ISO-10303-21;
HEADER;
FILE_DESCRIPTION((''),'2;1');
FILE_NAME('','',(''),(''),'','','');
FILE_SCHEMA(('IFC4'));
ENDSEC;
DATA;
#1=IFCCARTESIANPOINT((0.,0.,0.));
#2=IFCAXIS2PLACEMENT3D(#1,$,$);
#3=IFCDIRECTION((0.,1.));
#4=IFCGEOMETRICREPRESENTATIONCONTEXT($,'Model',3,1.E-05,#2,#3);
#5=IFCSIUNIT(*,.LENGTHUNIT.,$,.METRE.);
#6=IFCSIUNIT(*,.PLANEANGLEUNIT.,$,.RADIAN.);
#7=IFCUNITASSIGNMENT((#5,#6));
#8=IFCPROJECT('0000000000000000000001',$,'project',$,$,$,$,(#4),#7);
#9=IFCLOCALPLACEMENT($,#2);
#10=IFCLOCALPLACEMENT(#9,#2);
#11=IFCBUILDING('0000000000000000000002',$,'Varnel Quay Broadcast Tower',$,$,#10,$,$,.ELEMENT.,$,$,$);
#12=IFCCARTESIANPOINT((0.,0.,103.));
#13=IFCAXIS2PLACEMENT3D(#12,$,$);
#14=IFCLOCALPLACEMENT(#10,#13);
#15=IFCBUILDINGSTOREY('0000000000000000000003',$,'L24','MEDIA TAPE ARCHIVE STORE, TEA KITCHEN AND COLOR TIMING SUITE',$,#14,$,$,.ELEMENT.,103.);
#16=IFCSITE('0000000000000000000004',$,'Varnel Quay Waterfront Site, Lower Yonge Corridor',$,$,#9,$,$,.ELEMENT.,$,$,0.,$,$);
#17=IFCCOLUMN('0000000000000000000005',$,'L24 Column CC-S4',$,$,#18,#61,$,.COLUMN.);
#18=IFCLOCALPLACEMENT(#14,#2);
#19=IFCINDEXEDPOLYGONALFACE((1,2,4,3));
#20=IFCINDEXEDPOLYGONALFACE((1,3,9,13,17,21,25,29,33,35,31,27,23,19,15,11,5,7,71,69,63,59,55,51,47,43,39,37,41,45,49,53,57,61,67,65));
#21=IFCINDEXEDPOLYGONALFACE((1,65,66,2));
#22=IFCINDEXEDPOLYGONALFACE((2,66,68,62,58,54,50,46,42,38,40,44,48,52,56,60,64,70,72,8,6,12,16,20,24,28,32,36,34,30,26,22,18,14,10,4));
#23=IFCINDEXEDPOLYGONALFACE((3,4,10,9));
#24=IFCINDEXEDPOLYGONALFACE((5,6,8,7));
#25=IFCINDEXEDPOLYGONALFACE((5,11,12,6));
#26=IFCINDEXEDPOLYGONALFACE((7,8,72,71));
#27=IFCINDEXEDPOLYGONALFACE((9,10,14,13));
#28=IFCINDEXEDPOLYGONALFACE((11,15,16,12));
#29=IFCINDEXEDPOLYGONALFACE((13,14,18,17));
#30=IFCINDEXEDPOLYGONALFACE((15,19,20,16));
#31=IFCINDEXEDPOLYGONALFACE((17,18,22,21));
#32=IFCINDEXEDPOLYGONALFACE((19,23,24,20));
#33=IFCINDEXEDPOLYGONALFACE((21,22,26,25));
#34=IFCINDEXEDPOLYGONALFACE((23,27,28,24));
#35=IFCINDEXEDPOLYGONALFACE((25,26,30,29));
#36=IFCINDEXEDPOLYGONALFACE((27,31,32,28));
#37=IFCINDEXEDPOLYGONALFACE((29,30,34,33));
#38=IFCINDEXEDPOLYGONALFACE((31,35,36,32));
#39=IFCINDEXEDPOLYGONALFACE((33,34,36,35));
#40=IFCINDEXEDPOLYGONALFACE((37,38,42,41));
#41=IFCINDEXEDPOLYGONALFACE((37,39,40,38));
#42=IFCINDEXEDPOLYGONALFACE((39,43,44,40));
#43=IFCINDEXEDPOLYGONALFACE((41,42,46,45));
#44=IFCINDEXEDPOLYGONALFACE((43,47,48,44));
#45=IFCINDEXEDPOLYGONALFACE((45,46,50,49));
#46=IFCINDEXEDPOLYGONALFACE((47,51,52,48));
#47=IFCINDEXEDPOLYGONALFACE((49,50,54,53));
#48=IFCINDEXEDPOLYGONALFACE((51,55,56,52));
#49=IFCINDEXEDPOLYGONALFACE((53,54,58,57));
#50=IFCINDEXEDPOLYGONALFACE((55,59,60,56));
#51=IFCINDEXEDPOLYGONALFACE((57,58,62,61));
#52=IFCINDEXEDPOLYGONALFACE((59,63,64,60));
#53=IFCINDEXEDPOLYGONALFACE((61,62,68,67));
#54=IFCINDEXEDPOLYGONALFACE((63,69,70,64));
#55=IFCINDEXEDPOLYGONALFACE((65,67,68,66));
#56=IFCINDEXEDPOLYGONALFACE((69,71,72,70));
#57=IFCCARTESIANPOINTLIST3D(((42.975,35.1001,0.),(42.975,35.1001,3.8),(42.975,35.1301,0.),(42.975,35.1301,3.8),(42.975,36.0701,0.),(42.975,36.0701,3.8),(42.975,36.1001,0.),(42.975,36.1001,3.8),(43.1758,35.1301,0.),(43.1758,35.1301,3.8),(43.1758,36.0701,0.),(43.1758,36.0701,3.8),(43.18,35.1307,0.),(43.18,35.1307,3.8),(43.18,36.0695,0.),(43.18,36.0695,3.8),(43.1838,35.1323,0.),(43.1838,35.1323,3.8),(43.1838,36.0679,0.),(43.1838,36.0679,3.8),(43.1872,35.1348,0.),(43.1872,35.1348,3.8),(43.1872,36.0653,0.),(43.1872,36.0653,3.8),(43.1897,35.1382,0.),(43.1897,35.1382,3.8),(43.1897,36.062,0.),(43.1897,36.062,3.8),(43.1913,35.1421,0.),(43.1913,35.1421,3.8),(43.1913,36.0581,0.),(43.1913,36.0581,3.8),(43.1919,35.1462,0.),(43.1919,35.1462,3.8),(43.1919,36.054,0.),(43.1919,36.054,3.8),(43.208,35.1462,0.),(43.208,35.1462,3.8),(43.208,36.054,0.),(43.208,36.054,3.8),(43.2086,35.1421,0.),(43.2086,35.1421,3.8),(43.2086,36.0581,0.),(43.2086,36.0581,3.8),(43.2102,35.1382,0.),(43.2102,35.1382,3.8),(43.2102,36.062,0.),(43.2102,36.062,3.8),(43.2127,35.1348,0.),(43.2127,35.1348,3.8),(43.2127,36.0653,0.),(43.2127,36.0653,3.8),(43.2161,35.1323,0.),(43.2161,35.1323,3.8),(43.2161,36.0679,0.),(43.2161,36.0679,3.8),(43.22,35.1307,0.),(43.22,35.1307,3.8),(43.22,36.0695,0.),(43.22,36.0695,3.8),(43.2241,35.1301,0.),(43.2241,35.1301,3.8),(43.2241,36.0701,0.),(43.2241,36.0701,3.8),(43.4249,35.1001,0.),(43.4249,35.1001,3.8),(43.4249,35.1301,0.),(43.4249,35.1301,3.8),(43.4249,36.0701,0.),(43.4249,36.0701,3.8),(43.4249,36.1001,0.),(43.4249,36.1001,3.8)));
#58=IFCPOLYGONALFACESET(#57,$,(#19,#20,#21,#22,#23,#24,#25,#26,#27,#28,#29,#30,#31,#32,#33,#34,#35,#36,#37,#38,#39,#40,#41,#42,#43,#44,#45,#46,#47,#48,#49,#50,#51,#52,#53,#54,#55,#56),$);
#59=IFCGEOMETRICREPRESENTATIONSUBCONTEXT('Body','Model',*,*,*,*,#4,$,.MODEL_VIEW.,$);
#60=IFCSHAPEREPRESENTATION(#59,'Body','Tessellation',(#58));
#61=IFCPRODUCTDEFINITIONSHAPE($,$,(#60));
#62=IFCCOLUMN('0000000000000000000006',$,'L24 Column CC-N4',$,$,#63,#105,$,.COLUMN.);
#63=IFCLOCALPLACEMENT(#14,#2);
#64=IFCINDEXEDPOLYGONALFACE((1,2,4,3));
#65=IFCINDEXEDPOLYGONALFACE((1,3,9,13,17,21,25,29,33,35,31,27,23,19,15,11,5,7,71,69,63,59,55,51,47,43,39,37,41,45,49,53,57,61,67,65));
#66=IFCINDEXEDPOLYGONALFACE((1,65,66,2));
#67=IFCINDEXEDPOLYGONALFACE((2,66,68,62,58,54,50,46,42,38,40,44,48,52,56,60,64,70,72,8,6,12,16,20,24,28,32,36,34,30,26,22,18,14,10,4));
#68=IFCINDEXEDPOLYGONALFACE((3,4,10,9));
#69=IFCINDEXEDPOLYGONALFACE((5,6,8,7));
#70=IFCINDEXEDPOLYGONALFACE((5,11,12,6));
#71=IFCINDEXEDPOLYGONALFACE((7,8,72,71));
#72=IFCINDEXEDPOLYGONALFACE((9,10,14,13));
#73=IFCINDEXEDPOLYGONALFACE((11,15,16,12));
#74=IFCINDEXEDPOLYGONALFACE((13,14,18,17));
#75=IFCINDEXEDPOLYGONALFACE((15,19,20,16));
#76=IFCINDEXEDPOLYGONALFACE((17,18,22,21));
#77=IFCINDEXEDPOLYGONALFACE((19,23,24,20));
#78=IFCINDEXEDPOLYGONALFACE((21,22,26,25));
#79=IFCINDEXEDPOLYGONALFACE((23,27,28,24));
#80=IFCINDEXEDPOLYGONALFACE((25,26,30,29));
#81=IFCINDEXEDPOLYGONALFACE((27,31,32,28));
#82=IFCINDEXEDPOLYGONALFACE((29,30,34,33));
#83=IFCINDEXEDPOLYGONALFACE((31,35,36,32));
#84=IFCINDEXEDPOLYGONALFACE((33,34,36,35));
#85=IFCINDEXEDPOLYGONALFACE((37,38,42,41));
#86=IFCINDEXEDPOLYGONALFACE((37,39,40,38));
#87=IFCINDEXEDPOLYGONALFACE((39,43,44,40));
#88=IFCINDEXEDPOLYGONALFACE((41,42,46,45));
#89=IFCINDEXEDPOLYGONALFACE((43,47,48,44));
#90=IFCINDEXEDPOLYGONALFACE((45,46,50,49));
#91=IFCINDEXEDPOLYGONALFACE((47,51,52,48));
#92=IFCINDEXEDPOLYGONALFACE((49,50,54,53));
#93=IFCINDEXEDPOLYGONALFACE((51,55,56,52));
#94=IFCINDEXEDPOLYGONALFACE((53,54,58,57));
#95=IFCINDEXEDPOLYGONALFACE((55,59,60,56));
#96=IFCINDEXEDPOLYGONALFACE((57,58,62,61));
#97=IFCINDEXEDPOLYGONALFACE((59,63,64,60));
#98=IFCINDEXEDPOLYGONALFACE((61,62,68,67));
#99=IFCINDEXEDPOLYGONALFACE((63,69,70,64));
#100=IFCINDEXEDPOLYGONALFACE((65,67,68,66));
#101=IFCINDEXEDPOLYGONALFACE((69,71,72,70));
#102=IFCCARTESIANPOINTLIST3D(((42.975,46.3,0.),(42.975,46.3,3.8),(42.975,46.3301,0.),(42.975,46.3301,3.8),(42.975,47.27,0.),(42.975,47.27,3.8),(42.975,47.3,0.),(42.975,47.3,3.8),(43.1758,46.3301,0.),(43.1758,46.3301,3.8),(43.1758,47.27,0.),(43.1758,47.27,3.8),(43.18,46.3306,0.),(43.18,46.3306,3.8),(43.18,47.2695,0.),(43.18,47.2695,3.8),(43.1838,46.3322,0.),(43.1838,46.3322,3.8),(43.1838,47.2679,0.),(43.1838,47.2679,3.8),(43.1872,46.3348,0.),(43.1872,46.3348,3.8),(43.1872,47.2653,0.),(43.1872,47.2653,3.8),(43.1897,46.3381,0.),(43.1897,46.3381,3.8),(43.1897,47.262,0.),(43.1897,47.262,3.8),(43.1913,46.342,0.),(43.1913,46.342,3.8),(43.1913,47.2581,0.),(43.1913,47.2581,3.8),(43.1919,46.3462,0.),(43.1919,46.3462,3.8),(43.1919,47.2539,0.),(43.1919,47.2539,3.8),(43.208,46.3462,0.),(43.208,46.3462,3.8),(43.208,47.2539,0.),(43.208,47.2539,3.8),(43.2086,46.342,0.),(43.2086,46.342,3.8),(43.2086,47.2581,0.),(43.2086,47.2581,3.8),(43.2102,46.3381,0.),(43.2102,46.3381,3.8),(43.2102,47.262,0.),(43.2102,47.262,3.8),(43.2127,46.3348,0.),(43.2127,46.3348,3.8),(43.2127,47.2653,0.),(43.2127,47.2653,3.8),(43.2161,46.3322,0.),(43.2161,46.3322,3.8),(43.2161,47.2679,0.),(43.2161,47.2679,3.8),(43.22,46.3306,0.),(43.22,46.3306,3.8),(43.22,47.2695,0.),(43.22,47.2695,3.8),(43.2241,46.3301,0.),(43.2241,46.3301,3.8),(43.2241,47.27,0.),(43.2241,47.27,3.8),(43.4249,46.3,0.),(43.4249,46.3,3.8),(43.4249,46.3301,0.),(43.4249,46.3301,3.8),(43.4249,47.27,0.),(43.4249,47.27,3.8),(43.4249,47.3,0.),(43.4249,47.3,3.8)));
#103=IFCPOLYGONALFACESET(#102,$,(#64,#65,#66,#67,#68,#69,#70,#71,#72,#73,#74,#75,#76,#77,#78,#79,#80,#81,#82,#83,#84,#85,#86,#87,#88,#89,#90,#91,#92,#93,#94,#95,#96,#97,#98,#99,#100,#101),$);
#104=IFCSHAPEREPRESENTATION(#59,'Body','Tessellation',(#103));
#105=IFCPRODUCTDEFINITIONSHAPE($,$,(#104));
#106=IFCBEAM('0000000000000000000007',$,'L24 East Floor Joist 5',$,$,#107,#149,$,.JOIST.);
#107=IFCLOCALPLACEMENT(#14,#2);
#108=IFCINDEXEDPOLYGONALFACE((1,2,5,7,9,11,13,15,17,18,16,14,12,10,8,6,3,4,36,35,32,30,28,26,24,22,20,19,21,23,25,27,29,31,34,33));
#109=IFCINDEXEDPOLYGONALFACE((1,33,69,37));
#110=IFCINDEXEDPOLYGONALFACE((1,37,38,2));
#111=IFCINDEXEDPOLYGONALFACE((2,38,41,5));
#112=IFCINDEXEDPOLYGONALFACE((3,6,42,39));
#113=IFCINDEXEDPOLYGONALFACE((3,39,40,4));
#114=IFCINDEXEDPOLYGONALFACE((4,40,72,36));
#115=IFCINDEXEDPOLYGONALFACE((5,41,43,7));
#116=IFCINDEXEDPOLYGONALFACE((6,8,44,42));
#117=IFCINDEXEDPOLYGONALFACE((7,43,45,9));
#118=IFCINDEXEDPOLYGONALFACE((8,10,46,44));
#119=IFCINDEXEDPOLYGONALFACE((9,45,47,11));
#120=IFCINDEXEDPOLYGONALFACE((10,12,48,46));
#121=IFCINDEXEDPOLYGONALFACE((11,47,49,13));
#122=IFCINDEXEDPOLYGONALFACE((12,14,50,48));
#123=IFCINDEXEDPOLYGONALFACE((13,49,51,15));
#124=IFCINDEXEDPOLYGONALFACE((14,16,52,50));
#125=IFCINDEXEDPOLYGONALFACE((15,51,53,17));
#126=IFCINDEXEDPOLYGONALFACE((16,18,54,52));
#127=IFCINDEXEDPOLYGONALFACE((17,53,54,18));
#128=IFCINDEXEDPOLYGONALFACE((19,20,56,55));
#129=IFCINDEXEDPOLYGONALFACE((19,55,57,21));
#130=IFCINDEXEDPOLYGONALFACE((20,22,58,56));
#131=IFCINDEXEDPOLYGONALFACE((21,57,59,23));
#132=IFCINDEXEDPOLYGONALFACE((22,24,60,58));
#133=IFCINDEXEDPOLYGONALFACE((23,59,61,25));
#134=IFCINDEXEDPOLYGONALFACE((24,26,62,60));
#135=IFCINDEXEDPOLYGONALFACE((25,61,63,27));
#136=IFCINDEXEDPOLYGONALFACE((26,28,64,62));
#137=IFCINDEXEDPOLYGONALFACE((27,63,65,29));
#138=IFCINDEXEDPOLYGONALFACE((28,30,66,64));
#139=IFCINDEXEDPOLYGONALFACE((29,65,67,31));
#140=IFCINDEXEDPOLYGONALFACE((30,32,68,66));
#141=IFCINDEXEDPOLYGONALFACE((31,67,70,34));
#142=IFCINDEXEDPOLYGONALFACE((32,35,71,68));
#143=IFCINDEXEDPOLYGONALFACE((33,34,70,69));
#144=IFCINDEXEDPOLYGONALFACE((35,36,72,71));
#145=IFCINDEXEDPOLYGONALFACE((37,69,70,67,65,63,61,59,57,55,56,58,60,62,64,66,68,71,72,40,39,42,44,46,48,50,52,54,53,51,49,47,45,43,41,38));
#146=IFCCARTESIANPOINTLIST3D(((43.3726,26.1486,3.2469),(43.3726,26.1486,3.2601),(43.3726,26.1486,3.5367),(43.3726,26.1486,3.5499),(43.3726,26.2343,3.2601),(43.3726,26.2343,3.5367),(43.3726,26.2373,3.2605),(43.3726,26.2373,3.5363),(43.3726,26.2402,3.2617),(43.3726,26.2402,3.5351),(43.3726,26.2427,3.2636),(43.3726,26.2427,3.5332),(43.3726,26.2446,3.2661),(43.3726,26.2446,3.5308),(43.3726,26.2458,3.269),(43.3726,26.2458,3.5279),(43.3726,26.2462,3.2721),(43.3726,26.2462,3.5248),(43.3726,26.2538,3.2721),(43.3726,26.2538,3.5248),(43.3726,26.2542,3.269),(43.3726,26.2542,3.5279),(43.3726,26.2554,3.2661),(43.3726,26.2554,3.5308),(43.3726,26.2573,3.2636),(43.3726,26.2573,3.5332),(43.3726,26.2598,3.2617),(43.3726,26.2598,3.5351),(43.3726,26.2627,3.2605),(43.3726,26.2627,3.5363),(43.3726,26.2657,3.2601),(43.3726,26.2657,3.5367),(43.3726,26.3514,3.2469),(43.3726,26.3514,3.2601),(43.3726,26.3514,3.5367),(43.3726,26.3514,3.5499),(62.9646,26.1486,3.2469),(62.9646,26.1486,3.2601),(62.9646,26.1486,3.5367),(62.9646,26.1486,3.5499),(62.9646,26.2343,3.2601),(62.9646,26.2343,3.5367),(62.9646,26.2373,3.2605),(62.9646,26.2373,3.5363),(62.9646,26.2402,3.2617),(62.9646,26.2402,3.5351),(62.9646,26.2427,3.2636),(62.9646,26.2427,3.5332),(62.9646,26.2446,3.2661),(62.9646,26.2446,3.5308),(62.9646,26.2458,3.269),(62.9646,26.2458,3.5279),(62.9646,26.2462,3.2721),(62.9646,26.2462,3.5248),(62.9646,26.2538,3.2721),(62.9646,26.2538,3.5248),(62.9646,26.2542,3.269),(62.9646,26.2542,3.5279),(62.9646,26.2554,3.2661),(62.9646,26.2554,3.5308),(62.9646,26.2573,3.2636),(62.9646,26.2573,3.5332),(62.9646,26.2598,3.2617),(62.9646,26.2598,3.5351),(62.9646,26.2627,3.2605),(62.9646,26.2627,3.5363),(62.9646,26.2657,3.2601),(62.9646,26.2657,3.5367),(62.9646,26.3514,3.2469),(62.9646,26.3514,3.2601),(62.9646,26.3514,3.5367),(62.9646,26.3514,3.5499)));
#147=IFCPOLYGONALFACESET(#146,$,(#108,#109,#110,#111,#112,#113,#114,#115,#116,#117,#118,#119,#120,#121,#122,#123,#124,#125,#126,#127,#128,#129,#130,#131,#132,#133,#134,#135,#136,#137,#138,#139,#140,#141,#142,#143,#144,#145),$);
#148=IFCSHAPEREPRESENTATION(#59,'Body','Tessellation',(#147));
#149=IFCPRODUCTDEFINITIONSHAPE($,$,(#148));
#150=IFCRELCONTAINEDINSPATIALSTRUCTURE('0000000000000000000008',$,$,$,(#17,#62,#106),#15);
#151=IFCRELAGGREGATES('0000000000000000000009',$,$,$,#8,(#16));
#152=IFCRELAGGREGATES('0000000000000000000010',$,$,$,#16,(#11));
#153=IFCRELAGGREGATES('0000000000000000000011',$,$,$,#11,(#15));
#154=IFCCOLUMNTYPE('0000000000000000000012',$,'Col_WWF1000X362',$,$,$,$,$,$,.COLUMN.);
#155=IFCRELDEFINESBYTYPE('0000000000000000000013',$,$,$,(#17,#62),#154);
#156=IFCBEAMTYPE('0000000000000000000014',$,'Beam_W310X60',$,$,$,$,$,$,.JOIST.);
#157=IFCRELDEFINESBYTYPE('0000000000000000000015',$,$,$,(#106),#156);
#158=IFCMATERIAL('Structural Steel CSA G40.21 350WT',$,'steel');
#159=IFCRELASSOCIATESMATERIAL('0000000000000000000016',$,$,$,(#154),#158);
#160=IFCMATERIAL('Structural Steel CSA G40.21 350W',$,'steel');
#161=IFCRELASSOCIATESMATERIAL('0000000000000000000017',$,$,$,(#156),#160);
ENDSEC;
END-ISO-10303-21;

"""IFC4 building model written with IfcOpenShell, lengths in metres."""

from ifc_helpers import new_model, si_unit, direction, frame, origin, origin_2d, place, context, subcontext, project, spatial, i_section, extrude, source, transform, mapped, material, material_profile, profile_set, type_object, type_shapes, element, save


model = new_model("IFC4")

# Units and contexts
model_context = context("Model", 3, precision=1e-05, world=origin(), true_north=direction((0.0, 1.0)))
body_context = subcontext(model_context, "Body", "Model", "MODEL_VIEW")
ifc_project = project(units=[si_unit("LENGTHUNIT", "METRE"), si_unit("PLANEANGLEUNIT", "RADIAN")], contexts=[model_context])

# Site, building, storey
site_placement = place(None, origin())
site = spatial("IfcSite", under=ifc_project, at=site_placement, Name="Varnel Quay Waterfront Site, Lower Yonge Corridor", CompositionType="ELEMENT", RefElevation=0.0)
building_placement = place(site_placement, origin())
building = spatial("IfcBuilding", under=site, at=building_placement, Name="Varnel Quay Broadcast Tower", CompositionType="ELEMENT")
storey_placement = place(building_placement, frame((0.0, 0.0, 103.0)))
storey = spatial("IfcBuildingStorey", under=building, at=storey_placement, Name="L24", Description="MEDIA TAPE ARCHIVE STORE, TEA KITCHEN AND COLOR TIMING SUITE", CompositionType="ELEMENT", Elevation=103.0)

# Columns
ifc_material_1 = material(Name="Structural Steel CSA G40.21 350WT", Category="steel")
ifc_material_profile_1 = material_profile(ifc_material_1, i_section(OverallWidth=0.45, OverallDepth=1.0, WebThickness=0.0161, FlangeThickness=0.03, FilletRadius=0.0161, at=origin_2d()), Name="WWF1000X362")
ifc_profile_set_1 = profile_set([ifc_material_profile_1], Name="Structural Steel CSA G40.21 350WT")
column_type = type_object("IfcColumnType", Name="Col_WWF1000X362", PredefinedType="COLUMN", material=ifc_profile_set_1)
shared_shape_1 = source(origin(), body_context, "Body", "SweptSolid", [
    extrude(i_section(OverallWidth=0.45, OverallDepth=1.0, WebThickness=0.0161, FlangeThickness=0.03, FilletRadius=0.0161, at=origin_2d()), origin(), (0.0, 0.0, 1.0), 3.8),
])
type_shapes(column_type, [shared_shape_1])
for number, where, z_axis, x_axis, name in (
    (1, (43.2, 35.6001, 0.0), (0.0, 0.0, 1.0), (1.0, 0.0, 0.0), "L24 Column CC-S4"),
    (2, (43.2, 46.8, 0.0), (0.0, 0.0, 1.0), (1.0, 0.0, 0.0), "L24 Column CC-N4"),
):
    element("IfcColumn", number, at=place(storey_placement, frame(where, z_axis=z_axis, x_axis=x_axis)), inside=storey, type_object=column_type, Name=name, PredefinedType="COLUMN", context=body_context, shape_type="MappedRepresentation", body=[
        mapped(shared_shape_1, transform((0.0, 0.0, 0.0), x_axis=(1.0, 0.0, 0.0), y_axis=(0.0, 1.0, 0.0), z_axis=(0.0, 0.0, 1.0), scale=1.0)),
    ])

# Beam
ifc_material_2 = material(Name="Structural Steel CSA G40.21 350W", Category="steel")
ifc_material_profile_2 = material_profile(ifc_material_2, i_section(OverallWidth=0.2029, OverallDepth=0.303, WebThickness=0.0076, FlangeThickness=0.0132, FilletRadius=0.012, at=origin_2d()), Name="W310X60")
ifc_profile_set_2 = profile_set([ifc_material_profile_2], Name="Structural Steel CSA G40.21 350W")
beam_type_1 = type_object("IfcBeamType", Name="Beam_W310X60", PredefinedType="JOIST", material=ifc_profile_set_2)
shared_shape_2 = source(origin(), body_context, "Body", "SweptSolid", [
    extrude(i_section(OverallWidth=0.2029, OverallDepth=0.303, WebThickness=0.0076, FlangeThickness=0.0132, FilletRadius=0.012, at=origin_2d()), origin(), (0.0, 0.0, 1.0), 19.592),
])
type_shapes(beam_type_1, [shared_shape_2])
beam_1_placement = place(storey_placement, frame((43.3726, 26.25, 3.3984), z_axis=(1.0, 0.0, 0.0), x_axis=(0.0, 1.0, 0.0)))
element("IfcBeam", 3, at=beam_1_placement, inside=storey, type_object=beam_type_1, Name="L24 East Floor Joist 5", PredefinedType="JOIST", context=body_context, shape_type="MappedRepresentation", body=[
    mapped(shared_shape_2, transform((0.0, 0.0, 0.0), x_axis=(1.0, 0.0, 0.0), y_axis=(0.0, 1.0, 0.0), z_axis=(0.0, 0.0, 1.0), scale=1.0)),
])

save(model, "model.ifc")
